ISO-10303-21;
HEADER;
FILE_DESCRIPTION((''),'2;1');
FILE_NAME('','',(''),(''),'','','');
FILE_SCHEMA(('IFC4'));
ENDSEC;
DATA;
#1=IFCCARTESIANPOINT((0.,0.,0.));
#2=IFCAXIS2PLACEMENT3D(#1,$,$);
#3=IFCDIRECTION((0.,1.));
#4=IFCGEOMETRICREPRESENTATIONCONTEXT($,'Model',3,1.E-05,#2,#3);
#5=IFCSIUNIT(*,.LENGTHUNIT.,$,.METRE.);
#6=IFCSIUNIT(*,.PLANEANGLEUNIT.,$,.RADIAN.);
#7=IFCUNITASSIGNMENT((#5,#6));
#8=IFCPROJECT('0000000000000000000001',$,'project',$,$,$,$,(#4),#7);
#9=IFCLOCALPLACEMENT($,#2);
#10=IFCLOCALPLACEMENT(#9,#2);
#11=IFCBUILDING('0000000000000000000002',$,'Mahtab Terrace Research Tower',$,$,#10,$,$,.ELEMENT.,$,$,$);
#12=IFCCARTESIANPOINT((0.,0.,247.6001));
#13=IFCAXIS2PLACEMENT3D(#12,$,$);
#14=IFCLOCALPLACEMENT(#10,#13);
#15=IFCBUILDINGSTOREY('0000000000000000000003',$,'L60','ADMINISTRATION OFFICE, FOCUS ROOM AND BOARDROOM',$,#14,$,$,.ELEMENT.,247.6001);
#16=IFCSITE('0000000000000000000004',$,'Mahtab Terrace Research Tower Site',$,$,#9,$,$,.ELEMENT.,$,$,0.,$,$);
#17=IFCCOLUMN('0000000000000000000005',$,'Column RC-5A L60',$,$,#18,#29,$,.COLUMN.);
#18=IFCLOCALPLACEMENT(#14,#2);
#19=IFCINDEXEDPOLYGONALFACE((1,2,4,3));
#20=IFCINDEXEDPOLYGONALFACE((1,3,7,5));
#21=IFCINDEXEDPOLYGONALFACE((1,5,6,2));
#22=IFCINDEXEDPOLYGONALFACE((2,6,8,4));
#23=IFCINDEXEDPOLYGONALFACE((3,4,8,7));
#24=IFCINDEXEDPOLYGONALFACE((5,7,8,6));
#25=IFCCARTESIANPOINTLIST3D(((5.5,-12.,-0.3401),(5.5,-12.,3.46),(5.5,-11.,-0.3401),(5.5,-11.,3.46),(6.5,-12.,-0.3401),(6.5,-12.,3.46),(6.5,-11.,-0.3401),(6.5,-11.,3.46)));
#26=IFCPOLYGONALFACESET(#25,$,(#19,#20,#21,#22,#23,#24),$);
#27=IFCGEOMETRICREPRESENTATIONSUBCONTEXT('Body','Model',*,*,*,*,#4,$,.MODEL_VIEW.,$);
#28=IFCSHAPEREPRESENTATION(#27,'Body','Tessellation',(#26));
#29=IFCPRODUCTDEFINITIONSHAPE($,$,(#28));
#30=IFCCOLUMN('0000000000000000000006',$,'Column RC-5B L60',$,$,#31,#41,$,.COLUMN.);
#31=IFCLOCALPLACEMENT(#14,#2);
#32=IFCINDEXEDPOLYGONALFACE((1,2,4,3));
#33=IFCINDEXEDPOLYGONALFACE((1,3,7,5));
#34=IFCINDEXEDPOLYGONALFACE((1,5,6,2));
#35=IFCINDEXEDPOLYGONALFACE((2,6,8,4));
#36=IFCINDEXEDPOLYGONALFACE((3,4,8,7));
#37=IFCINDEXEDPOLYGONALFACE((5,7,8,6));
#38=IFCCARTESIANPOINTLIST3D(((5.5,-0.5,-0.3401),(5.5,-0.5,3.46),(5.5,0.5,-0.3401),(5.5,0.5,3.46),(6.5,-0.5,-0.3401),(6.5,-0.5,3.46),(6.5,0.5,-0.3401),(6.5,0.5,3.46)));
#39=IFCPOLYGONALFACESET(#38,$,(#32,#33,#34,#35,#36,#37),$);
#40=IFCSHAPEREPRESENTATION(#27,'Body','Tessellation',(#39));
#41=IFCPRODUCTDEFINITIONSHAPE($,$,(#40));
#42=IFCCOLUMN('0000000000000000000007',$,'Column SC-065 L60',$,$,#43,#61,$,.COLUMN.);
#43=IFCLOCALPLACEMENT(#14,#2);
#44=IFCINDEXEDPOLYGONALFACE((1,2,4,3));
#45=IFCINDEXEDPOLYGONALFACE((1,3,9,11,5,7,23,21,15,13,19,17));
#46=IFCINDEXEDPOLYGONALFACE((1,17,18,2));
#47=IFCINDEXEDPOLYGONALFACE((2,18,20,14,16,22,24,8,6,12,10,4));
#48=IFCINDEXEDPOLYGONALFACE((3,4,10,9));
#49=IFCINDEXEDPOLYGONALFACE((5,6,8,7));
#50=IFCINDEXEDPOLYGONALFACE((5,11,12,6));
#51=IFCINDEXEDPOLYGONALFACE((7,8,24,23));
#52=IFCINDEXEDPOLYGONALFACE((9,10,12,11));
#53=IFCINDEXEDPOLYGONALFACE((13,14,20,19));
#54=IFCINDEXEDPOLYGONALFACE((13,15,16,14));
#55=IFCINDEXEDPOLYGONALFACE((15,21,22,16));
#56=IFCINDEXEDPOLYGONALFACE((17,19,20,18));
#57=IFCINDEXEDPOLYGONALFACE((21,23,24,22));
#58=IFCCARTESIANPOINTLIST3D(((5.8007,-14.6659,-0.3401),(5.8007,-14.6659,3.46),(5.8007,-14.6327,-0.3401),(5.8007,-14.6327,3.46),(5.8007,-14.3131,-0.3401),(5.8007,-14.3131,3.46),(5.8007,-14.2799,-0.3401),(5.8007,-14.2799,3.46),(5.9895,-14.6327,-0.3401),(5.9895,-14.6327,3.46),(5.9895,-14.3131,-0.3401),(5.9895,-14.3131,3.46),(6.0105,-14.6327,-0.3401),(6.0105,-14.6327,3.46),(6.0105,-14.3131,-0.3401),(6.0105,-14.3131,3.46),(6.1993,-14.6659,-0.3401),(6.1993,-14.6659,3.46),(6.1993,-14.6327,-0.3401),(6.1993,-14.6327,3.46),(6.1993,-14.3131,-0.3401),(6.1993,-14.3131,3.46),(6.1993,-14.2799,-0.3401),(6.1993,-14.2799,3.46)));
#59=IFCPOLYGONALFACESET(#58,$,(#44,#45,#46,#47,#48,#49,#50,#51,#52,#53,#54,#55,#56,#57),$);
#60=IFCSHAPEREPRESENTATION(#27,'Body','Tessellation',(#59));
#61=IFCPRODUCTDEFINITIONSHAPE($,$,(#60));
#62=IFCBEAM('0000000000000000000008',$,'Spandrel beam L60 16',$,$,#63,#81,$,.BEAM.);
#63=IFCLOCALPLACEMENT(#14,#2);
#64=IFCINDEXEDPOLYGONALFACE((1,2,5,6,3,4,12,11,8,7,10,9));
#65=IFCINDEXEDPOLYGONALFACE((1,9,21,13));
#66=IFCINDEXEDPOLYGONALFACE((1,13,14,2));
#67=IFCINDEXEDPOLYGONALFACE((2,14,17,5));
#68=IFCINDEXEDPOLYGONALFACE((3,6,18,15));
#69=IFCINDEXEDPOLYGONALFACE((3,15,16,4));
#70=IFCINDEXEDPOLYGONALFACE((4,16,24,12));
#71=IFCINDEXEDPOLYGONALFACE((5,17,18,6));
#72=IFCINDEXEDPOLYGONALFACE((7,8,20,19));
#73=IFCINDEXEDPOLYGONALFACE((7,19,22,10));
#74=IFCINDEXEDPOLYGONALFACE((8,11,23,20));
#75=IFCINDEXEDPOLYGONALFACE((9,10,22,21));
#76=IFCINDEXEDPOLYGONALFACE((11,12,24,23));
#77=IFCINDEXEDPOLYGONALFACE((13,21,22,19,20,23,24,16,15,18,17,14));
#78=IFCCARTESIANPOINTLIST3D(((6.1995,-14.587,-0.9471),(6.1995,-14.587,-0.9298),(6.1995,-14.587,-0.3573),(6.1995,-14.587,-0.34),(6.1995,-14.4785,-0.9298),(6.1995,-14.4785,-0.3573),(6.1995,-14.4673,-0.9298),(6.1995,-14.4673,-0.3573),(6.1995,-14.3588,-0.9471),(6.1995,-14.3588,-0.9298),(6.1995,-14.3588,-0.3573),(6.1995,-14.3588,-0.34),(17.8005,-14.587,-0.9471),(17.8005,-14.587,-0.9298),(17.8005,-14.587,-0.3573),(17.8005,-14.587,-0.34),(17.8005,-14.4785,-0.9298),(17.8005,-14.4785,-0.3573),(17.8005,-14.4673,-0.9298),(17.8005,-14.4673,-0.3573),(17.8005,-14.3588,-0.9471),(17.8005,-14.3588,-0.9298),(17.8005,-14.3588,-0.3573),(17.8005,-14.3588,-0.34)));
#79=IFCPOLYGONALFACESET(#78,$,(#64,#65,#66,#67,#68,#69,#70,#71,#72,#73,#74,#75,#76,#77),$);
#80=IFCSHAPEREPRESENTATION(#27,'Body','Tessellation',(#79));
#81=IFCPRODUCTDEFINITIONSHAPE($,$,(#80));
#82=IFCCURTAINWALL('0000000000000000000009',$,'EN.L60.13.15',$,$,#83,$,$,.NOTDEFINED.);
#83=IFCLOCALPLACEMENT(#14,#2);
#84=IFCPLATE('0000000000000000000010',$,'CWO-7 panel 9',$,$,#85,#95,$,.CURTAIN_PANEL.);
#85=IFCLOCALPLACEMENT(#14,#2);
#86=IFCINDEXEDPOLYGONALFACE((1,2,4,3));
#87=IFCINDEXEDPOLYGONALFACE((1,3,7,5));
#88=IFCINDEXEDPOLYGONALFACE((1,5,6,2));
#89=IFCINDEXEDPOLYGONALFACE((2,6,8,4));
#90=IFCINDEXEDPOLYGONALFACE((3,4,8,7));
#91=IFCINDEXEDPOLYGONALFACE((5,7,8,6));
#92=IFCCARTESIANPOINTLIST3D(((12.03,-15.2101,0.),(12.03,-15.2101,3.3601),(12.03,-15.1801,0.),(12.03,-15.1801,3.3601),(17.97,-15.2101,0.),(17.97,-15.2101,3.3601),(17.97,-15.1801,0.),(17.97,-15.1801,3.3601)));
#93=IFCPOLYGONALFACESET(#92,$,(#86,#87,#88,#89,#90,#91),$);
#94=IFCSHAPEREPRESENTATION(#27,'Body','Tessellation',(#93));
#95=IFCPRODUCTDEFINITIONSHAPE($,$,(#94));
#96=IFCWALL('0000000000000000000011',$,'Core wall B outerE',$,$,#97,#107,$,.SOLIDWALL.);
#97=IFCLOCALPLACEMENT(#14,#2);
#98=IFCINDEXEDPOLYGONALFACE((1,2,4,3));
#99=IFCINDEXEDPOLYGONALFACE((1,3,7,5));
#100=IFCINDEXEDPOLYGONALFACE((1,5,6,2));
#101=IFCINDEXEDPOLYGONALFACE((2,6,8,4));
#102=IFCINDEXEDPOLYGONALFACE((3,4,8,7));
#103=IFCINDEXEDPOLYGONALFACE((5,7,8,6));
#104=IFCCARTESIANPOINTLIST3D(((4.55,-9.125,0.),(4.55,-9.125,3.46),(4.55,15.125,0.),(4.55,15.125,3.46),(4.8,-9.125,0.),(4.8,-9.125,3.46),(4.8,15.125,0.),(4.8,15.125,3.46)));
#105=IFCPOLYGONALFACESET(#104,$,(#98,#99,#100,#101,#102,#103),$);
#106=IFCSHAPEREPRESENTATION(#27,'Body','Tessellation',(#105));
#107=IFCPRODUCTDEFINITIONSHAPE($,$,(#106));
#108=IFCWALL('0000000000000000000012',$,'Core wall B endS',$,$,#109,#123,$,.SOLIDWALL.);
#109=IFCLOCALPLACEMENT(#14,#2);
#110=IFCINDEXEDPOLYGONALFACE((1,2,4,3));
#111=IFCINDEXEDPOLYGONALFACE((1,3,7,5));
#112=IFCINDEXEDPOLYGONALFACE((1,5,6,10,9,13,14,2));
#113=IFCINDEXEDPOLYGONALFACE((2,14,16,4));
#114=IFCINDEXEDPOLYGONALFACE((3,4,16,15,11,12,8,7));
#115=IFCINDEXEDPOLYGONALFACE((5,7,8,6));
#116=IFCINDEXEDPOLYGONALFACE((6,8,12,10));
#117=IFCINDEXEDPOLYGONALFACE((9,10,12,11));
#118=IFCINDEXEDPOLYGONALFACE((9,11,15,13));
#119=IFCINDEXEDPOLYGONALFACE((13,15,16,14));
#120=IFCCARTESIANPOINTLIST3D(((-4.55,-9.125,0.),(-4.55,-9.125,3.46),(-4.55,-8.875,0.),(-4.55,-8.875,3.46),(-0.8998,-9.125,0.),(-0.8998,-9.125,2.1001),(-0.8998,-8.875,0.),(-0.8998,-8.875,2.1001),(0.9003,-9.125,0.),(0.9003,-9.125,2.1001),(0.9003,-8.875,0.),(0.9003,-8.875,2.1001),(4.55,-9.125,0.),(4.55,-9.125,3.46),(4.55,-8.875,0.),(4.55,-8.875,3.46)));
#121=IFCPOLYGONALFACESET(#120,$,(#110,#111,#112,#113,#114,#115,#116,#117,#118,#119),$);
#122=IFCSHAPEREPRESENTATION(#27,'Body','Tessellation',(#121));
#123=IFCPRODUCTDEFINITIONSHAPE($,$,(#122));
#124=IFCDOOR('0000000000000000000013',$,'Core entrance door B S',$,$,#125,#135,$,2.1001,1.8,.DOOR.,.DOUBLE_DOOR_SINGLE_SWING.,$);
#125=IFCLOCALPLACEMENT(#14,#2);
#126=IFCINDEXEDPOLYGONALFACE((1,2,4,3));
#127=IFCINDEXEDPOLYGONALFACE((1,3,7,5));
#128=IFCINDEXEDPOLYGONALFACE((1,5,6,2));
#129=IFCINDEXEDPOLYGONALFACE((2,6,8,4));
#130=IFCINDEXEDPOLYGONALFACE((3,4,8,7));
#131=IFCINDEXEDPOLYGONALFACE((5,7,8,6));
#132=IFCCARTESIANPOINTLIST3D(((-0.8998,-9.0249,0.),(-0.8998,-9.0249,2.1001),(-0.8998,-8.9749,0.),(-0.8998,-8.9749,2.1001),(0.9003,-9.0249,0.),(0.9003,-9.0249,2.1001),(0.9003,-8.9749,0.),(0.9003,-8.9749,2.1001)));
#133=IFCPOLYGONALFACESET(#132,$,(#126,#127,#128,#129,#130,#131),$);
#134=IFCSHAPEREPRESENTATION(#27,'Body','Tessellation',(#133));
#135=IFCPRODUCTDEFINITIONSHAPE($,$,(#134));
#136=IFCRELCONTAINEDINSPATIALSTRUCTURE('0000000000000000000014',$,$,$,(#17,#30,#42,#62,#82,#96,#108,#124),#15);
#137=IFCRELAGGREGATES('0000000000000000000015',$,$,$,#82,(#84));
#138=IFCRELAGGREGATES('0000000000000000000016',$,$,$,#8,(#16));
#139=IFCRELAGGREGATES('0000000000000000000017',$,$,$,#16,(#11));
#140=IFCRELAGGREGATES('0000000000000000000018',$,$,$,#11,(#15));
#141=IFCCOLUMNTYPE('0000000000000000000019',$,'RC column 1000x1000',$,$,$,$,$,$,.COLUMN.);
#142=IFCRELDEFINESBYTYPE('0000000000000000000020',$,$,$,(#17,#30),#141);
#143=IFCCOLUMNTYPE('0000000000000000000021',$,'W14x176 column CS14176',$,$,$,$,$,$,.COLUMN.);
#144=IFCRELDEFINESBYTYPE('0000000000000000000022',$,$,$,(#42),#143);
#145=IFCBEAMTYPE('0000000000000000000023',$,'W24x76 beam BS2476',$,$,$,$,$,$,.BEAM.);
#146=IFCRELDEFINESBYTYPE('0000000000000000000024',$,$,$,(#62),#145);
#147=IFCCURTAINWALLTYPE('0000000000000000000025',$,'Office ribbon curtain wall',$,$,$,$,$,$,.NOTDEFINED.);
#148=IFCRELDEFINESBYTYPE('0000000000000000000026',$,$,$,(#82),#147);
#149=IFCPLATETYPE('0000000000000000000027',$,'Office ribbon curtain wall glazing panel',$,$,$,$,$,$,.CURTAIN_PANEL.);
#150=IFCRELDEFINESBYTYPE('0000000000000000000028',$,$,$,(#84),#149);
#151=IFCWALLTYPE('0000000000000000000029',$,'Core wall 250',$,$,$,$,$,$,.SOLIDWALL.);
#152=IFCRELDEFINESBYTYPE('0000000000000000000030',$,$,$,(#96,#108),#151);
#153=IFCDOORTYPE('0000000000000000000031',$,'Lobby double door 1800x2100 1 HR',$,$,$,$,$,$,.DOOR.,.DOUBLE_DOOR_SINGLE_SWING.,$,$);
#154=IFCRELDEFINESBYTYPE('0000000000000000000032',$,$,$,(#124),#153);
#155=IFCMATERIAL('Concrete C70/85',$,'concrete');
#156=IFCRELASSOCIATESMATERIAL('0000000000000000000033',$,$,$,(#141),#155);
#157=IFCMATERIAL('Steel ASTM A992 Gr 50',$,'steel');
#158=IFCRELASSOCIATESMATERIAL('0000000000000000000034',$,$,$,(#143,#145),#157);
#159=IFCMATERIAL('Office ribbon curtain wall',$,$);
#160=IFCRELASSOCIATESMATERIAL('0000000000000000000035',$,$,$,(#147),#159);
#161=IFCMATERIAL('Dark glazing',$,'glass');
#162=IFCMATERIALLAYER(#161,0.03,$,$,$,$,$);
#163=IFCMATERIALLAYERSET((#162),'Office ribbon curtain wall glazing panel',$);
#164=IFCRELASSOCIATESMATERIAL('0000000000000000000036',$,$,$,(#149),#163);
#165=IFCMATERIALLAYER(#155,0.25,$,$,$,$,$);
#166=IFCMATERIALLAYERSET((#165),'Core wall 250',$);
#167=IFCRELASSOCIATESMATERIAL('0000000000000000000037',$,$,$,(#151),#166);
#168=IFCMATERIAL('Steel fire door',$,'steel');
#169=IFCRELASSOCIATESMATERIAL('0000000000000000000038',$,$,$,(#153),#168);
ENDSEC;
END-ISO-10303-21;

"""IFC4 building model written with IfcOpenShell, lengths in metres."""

from ifc_helpers import new_model, si_unit, direction, frame, frame_2d, origin, origin_2d, place, context, subcontext, project, spatial, rectangle, i_section, extrude, material, layer, layer_set, material_profile, profile_set, type_object, element, fill, aggregate, save


model = new_model("IFC4")

# Units and contexts
model_context = context("Model", 3, precision=1e-05, world=origin(), true_north=direction((0.0, 1.0)))
body_context = subcontext(model_context, "Body", "Model", "MODEL_VIEW")
ifc_project = project(units=[si_unit("LENGTHUNIT", "METRE"), si_unit("PLANEANGLEUNIT", "RADIAN")], contexts=[model_context])

# Site, building, storey
site_placement = place(None, origin())
site = spatial("IfcSite", under=ifc_project, at=site_placement, Name="Mahtab Terrace Research Tower Site", CompositionType="ELEMENT", RefElevation=0.0)
building_placement = place(site_placement, origin())
building = spatial("IfcBuilding", under=site, at=building_placement, Name="Mahtab Terrace Research Tower", CompositionType="ELEMENT")
storey_placement = place(building_placement, frame((0.0, 0.0, 247.6001)))
storey = spatial("IfcBuildingStorey", under=building, at=storey_placement, Name="L60", Description="ADMINISTRATION OFFICE, FOCUS ROOM AND BOARDROOM", CompositionType="ELEMENT", Elevation=247.6001)

# Columns
ifc_material_1 = material(Name="Concrete C70/85", Category="concrete")
ifc_material_profile_1 = material_profile(ifc_material_1, rectangle(XDim=1.0, YDim=1.0, at=origin_2d()), Name="RC column 1000x1000")
ifc_profile_set_1 = profile_set([ifc_material_profile_1], Name="Concrete C70/85")
column_type_1 = type_object("IfcColumnType", Name="RC column 1000x1000", PredefinedType="COLUMN", material=ifc_profile_set_1)
for number, where, z_axis, x_axis, name in (
    (1, (6.0, -11.5, -0.3401), (0.0, 0.0, 1.0), (1.0, 0.0, 0.0), "Column RC-5A L60"),
    (2, (6.0, 0.0, -0.3401), (0.0, 0.0, 1.0), (1.0, 0.0, 0.0), "Column RC-5B L60"),
):
    element("IfcColumn", number, at=place(storey_placement, frame(where, z_axis=z_axis, x_axis=x_axis)), inside=storey, type_object=column_type_1, Name=name, PredefinedType="COLUMN", context=body_context, shape_type="SweptSolid", body=[
        extrude(rectangle(XDim=1.0, YDim=1.0, at=origin_2d()), origin(), (0.0, 0.0, 1.0), 3.8),
    ])
ifc_material_2 = material(Name="Steel ASTM A992 Gr 50", Category="steel")
ifc_material_profile_2 = material_profile(ifc_material_2, i_section(OverallWidth=0.3987, OverallDepth=0.386, WebThickness=0.021, FlangeThickness=0.0332, at=origin_2d()), Name="W14X176")
ifc_profile_set_2 = profile_set([ifc_material_profile_2], Name="Steel ASTM A992 Gr 50")
column_type_2 = type_object("IfcColumnType", Name="W14x176 column CS14176", PredefinedType="COLUMN", material=ifc_profile_set_2)
column_placement = place(storey_placement, frame((6.0, -14.4729, -0.3401), z_axis=(0.0, 0.0, 1.0), x_axis=(1.0, 0.0, 0.0)))
element("IfcColumn", 3, at=column_placement, inside=storey, type_object=column_type_2, Name="Column SC-065 L60", PredefinedType="COLUMN", context=body_context, shape_type="SweptSolid", body=[
    extrude(i_section(OverallWidth=0.3987, OverallDepth=0.386, WebThickness=0.021, FlangeThickness=0.0332, at=origin_2d()), origin(), (0.0, 0.0, 1.0), 3.8),
])

# Beam
ifc_material_profile_3 = material_profile(ifc_material_2, i_section(OverallWidth=0.2283, OverallDepth=0.6072, WebThickness=0.0112, FlangeThickness=0.0173, at=origin_2d()), Name="W24X76")
ifc_profile_set_3 = profile_set([ifc_material_profile_3], Name="Steel ASTM A992 Gr 50")
beam_type = type_object("IfcBeamType", Name="W24x76 beam BS2476", PredefinedType="BEAM", material=ifc_profile_set_3)
beam_placement = place(storey_placement, frame((6.1995, -14.4729, -0.6436), z_axis=(1.0, 0.0, 0.0), x_axis=(0.0, 1.0, 0.0)))
element("IfcBeam", 4, at=beam_placement, inside=storey, type_object=beam_type, Name="Spandrel beam L60 16", PredefinedType="BEAM", context=body_context, shape_type="SweptSolid", body=[
    extrude(i_section(OverallWidth=0.2283, OverallDepth=0.6072, WebThickness=0.0112, FlangeThickness=0.0173, at=origin_2d()), origin(), (0.0, 0.0, 1.0), 11.6011),
])

# Curtain wall, plate
ifc_material_3 = material(Name="Office ribbon curtain wall")
curtain_wall_type = type_object("IfcCurtainWallType", Name="Office ribbon curtain wall", PredefinedType="NOTDEFINED", material=ifc_material_3)
curtain_wall_placement = place(storey_placement, origin())
curtain_wall = element("IfcCurtainWall", 5, at=curtain_wall_placement, inside=storey, type_object=curtain_wall_type, Name="EN.L60.13.15", PredefinedType="NOTDEFINED")
ifc_material_4 = material(Name="Dark glazing", Category="glass")
ifc_layer_1 = layer(ifc_material_4, 0.03)
ifc_layer_set_1 = layer_set([ifc_layer_1], Name="Office ribbon curtain wall glazing panel")
plate_type = type_object("IfcPlateType", Name="Office ribbon curtain wall glazing panel", PredefinedType="CURTAIN_PANEL", material=ifc_layer_set_1)
plate_placement = place(storey_placement, frame((15.0, -15.1951, 0.0), z_axis=(0.0, 0.0, 1.0), x_axis=(1.0, 0.0, 0.0)))
plate = element("IfcPlate", 6, at=plate_placement, type_object=plate_type, Name="CWO-7 panel 9", PredefinedType="CURTAIN_PANEL", context=body_context, shape_type="SweptSolid", body=[
    extrude(rectangle(XDim=5.9399, YDim=0.03, at=origin_2d()), origin(), (0.0, 0.0, 1.0), 3.3601),
])
aggregate(curtain_wall, [plate])

# Wall
ifc_layer_2 = layer(ifc_material_1, 0.25)
ifc_layer_set_2 = layer_set([ifc_layer_2], Name="Core wall 250")
wall_type_1 = type_object("IfcWallType", Name="Core wall 250", PredefinedType="SOLIDWALL", material=ifc_layer_set_2)
wall_1_placement = place(storey_placement, frame((4.675, -9.125, 0.0), z_axis=(0.0, 0.0, 1.0), x_axis=(0.0, 1.0, 0.0)))
element("IfcWall", 7, at=wall_1_placement, inside=storey, type_object=wall_type_1, Name="Core wall B outerE", PredefinedType="SOLIDWALL", context=body_context, shape_type="SweptSolid", body=[
    extrude(rectangle(XDim=24.25, YDim=0.25, at=frame_2d((12.125, 0.0))), origin(), (0.0, 0.0, 1.0), 3.46),
])

# Wall, opening, door
wall_2_placement = place(storey_placement, frame((4.55, -9.0, 0.0), z_axis=(0.0, 0.0, 1.0), x_axis=(-1.0, 0.0, 0.0)))
wall_2 = element("IfcWall", 8, at=wall_2_placement, inside=storey, type_object=wall_type_1, Name="Core wall B endS", PredefinedType="SOLIDWALL", context=body_context, shape_type="SweptSolid", body=[
    extrude(rectangle(XDim=9.1001, YDim=0.25, at=frame_2d((4.55, 0.0))), origin(), (0.0, 0.0, 1.0), 3.46),
])
opening_1_placement = place(wall_2_placement, frame((3.6499, 0.0, 0.0)))
opening_1 = element("IfcOpeningElement", 9, at=opening_1_placement, cuts=wall_2, PredefinedType="OPENING", context=body_context, shape_type="SweptSolid", body=[
    extrude(rectangle(XDim=1.8, YDim=2.1001, at=frame_2d((0.8999, 1.05))), frame((0.0, 0.135, 0.0), z_axis=(0.0, -1.0, 0.0), x_axis=(1.0, 0.0, 0.0)), (0.0, 0.0, 1.0), 0.27),
])
ifc_material_5 = material(Name="Steel fire door", Category="steel")
door_type_1 = type_object("IfcDoorType", Name="Lobby double door 1800x2100 1 HR", OperationType="DOUBLE_DOOR_SINGLE_SWING", PredefinedType="DOOR", material=ifc_material_5)
door_1_placement = place(opening_1_placement, origin())
door_1 = element("IfcDoor", 10, at=door_1_placement, inside=storey, type_object=door_type_1, Name="Core entrance door B S", OperationType="DOUBLE_DOOR_SINGLE_SWING", OverallHeight=2.1001, OverallWidth=1.8, PredefinedType="DOOR", context=body_context, shape_type="SweptSolid", body=[
    extrude(rectangle(XDim=1.8, YDim=2.1001, at=frame_2d((0.8999, 1.05))), frame((0.0, 0.0249, 0.0), z_axis=(0.0, -1.0, 0.0), x_axis=(1.0, 0.0, 0.0)), (0.0, 0.0, 1.0), 0.05),
])
fill(opening_1, door_1)

save(model, "model.ifc")
